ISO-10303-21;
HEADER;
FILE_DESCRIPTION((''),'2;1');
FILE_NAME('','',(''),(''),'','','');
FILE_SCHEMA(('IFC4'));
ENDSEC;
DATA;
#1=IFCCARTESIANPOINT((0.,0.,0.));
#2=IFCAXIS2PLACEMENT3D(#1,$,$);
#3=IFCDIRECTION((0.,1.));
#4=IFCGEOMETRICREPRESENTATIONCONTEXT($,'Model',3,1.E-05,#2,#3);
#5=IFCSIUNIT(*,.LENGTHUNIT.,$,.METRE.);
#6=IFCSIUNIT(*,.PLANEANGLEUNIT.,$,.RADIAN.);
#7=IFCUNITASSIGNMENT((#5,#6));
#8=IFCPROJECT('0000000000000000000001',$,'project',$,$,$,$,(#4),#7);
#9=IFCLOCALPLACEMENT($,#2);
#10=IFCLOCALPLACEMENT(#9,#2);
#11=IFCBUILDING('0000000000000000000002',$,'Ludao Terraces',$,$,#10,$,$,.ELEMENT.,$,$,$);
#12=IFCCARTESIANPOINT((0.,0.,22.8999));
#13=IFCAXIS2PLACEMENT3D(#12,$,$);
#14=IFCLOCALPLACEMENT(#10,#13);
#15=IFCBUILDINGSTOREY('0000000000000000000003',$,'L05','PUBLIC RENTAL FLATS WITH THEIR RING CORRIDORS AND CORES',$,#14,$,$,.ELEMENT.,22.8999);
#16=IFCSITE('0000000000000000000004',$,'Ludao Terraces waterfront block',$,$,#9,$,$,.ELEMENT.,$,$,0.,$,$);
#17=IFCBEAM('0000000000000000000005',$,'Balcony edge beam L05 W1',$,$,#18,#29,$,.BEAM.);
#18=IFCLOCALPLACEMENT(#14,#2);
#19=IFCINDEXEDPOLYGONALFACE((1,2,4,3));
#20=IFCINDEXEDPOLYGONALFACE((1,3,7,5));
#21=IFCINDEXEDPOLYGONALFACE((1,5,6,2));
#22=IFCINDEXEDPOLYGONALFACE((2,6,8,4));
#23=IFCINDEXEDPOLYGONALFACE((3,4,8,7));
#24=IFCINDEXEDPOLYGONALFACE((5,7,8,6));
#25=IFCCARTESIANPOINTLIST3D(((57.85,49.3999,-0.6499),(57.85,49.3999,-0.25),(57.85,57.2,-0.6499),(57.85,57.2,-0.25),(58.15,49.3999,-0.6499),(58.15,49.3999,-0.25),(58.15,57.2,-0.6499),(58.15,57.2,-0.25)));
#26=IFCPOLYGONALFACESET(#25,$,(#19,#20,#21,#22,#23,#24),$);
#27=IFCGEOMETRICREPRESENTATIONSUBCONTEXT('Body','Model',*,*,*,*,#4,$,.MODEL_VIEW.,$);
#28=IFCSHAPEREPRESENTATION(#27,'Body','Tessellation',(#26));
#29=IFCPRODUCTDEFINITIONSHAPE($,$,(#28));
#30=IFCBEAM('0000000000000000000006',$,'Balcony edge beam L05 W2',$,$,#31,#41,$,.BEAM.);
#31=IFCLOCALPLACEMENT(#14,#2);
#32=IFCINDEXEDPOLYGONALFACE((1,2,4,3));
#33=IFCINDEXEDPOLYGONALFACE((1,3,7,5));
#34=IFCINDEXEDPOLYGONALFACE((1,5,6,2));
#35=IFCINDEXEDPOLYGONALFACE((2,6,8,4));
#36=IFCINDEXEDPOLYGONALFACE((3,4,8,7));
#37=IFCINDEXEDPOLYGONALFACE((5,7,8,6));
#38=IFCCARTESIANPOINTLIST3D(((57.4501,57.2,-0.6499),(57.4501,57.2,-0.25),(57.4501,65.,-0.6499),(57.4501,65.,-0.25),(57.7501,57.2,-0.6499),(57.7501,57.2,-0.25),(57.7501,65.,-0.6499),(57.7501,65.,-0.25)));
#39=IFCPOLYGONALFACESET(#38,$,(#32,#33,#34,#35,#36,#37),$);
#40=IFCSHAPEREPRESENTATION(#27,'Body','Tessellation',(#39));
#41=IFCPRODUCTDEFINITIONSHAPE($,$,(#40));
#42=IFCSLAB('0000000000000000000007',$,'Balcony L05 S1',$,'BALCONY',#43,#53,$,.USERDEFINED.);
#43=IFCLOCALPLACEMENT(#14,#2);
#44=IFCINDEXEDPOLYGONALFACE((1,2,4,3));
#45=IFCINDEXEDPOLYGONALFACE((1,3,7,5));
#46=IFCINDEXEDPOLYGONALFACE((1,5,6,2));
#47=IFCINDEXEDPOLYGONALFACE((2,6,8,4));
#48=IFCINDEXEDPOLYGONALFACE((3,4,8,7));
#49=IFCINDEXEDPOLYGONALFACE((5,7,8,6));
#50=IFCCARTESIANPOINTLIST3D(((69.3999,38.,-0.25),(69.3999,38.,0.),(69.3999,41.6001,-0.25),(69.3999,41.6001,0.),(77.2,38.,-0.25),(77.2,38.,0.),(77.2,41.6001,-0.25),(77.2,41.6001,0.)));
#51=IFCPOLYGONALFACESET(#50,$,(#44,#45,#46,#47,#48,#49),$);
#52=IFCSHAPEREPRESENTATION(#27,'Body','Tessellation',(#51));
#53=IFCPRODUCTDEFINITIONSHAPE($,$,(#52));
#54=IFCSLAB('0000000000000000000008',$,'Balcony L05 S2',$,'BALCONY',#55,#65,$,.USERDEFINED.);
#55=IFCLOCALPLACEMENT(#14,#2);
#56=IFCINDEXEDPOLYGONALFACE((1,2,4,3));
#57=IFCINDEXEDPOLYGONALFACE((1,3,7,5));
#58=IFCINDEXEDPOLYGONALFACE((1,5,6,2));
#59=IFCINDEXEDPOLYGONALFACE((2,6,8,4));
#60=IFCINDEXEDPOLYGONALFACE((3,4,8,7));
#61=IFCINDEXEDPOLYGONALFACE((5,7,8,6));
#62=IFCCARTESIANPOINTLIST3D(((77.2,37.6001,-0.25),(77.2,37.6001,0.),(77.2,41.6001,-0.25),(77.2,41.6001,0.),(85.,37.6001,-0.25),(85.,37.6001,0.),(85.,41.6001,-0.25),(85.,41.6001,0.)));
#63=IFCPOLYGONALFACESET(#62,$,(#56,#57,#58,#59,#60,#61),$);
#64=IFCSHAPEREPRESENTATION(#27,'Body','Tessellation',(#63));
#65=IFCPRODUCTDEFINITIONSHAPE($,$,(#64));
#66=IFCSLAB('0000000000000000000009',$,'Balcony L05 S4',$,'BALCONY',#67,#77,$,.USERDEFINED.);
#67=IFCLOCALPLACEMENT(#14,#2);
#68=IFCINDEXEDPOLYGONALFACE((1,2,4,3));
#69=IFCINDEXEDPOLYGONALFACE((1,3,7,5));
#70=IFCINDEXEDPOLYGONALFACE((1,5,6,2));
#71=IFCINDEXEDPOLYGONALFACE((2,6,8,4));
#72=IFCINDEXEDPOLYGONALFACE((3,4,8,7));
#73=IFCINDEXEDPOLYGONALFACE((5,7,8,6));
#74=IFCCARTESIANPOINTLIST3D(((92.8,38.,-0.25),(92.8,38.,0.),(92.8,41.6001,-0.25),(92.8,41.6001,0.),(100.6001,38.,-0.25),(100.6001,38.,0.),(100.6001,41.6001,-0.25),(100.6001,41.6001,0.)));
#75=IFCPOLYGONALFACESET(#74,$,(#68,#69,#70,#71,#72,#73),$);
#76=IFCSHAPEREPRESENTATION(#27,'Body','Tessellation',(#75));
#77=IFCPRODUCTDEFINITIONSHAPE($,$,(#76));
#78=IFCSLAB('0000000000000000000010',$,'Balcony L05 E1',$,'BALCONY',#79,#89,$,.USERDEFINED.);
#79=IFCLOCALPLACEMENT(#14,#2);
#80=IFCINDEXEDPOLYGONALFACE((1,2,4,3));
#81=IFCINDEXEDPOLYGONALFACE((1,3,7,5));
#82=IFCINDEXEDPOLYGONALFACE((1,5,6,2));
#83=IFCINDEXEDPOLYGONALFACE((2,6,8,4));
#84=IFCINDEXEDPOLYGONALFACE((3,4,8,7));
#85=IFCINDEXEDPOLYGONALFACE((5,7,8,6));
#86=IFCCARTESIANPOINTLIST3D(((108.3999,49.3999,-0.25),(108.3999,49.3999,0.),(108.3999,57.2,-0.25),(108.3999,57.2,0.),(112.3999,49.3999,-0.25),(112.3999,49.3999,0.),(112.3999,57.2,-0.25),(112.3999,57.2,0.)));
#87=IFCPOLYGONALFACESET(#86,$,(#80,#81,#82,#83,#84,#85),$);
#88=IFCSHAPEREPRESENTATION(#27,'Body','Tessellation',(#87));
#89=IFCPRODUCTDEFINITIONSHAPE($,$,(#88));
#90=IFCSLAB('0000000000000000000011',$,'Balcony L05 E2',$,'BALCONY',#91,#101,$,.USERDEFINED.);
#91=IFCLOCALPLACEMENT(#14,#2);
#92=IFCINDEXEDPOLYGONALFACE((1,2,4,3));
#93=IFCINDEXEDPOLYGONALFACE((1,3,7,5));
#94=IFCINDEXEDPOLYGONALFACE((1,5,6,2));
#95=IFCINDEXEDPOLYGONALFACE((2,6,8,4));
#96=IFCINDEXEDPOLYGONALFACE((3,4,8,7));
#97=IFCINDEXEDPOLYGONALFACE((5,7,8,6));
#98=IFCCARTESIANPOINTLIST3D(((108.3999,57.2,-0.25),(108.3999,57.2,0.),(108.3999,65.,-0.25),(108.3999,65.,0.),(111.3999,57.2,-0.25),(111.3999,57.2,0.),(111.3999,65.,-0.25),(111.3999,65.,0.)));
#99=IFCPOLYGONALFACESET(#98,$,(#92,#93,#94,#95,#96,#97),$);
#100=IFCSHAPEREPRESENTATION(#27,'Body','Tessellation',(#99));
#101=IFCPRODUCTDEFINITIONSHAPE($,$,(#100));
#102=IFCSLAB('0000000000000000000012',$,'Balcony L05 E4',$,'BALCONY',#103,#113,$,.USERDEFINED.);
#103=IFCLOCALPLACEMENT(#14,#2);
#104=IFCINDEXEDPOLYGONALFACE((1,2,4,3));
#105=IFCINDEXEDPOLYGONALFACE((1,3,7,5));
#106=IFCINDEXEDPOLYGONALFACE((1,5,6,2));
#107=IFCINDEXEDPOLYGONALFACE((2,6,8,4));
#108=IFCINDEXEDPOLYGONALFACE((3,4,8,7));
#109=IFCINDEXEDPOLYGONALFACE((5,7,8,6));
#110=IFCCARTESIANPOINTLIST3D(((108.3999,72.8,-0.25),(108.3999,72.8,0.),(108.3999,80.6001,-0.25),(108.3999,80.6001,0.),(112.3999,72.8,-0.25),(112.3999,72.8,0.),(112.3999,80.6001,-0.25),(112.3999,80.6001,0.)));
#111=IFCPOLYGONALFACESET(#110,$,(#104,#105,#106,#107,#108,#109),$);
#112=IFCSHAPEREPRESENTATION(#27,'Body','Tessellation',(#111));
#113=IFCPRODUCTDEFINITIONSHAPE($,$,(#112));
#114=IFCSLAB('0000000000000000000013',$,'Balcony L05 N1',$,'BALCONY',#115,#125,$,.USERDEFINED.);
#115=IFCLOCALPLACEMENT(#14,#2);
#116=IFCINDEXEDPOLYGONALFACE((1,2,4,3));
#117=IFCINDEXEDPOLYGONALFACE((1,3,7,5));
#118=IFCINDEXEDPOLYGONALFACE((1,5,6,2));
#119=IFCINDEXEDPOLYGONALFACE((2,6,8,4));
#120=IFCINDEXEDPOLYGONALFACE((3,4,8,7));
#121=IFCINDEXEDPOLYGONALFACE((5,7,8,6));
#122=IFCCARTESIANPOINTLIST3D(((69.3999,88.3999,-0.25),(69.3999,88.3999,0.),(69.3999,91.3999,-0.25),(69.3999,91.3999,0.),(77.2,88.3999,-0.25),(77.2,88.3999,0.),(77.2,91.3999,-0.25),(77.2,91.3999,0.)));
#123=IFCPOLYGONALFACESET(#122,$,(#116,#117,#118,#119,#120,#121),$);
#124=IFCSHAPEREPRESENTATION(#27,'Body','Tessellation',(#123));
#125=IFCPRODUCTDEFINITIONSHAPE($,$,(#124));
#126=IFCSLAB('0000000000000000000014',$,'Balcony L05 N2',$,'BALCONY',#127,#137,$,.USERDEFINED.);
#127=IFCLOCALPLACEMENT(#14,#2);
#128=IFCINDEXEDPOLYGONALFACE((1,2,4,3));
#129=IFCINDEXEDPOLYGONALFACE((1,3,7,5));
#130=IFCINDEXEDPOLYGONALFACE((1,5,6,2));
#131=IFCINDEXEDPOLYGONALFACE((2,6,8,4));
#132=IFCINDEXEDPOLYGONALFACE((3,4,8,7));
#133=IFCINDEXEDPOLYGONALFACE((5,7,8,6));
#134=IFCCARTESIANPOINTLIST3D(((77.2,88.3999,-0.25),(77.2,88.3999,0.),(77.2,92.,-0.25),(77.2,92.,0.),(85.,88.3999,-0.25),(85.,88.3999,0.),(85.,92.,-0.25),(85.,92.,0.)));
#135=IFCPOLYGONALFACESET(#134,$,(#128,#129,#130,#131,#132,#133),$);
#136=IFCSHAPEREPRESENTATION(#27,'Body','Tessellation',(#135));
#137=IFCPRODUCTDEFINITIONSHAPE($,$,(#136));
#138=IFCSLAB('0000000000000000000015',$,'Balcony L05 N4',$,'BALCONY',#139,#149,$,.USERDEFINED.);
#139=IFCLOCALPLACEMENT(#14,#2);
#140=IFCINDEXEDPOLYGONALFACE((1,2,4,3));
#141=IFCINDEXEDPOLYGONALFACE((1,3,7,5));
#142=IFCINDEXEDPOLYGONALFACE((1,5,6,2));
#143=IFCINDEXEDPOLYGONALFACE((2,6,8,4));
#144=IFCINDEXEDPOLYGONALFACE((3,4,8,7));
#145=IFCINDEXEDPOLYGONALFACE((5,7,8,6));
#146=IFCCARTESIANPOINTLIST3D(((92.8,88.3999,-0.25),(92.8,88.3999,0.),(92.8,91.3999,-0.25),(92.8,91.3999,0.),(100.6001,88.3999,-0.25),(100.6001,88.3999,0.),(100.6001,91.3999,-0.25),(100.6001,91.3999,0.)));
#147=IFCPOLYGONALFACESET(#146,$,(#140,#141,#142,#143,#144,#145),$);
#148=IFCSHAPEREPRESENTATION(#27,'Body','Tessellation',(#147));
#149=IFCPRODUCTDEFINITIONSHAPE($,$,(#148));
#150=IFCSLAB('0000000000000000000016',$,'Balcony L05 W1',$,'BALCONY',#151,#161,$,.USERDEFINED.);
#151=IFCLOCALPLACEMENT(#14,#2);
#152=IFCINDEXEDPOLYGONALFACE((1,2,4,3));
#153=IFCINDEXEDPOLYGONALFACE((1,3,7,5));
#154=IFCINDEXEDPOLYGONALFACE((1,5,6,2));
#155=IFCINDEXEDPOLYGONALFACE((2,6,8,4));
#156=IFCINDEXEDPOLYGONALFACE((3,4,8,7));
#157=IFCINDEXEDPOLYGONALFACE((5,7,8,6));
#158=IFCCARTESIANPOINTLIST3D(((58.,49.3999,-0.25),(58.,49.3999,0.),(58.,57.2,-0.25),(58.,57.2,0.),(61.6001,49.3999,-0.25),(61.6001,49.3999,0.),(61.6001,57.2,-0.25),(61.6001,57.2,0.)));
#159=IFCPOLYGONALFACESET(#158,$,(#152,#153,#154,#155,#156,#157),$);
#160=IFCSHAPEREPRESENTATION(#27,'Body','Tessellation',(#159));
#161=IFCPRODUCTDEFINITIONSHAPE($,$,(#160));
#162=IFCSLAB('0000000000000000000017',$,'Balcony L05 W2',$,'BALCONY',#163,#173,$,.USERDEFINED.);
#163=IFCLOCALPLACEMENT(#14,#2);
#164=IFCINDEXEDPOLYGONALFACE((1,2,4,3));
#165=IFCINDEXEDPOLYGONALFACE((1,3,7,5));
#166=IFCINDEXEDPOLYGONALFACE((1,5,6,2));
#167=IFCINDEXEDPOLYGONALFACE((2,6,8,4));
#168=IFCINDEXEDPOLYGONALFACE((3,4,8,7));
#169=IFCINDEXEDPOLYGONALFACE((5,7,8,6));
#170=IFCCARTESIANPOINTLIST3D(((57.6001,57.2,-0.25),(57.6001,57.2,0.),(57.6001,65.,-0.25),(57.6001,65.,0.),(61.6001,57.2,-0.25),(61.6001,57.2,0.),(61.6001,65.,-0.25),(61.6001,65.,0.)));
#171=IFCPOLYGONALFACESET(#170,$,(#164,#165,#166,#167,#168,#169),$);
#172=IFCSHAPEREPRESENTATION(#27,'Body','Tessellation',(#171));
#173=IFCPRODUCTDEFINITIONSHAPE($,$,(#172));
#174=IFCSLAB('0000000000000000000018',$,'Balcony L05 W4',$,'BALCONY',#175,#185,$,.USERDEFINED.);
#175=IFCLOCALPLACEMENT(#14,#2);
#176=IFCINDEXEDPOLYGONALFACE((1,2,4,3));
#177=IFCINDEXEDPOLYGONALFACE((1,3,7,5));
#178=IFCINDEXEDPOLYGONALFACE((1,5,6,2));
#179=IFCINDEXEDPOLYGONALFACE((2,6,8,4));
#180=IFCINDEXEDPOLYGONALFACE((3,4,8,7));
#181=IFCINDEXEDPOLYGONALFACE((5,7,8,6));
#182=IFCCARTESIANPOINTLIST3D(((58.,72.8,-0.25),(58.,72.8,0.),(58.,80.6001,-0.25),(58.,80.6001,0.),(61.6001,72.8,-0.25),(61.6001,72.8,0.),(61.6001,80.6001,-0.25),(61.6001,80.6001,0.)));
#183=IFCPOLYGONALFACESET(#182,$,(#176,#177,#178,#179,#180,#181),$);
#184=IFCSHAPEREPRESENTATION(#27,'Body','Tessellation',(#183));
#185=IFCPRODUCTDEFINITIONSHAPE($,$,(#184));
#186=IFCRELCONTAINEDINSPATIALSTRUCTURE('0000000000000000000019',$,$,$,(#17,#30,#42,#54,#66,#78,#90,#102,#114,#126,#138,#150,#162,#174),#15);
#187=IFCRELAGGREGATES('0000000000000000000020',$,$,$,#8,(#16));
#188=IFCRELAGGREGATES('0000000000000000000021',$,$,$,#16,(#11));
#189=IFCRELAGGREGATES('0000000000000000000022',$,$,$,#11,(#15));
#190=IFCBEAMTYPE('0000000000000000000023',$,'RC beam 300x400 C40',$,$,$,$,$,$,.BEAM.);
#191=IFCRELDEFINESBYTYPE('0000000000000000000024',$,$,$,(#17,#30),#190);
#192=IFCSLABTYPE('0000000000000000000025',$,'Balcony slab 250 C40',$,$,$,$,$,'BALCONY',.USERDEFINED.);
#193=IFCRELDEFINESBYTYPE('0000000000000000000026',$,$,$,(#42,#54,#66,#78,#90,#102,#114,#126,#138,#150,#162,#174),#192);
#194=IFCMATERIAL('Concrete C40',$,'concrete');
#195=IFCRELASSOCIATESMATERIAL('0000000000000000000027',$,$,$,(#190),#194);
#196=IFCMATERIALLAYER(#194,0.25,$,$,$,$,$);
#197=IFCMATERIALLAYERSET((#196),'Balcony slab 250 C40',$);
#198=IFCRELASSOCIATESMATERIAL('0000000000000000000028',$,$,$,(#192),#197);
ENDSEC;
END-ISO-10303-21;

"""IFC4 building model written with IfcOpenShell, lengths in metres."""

from ifc_helpers import new_model, si_unit, direction, frame, origin, origin_2d, place, context, subcontext, project, spatial, polyline, rectangle, outline, extrude, material, layer, layer_set, material_profile, profile_set, type_object, element, save


model = new_model("IFC4")

# Units and contexts
model_context = context("Model", 3, precision=1e-05, world=origin(), true_north=direction((0.0, 1.0)))
body_context = subcontext(model_context, "Body", "Model", "MODEL_VIEW")
ifc_project = project(units=[si_unit("LENGTHUNIT", "METRE"), si_unit("PLANEANGLEUNIT", "RADIAN")], contexts=[model_context])

# Site, building, storey
site_placement = place(None, origin())
site = spatial("IfcSite", under=ifc_project, at=site_placement, Name="Ludao Terraces waterfront block", CompositionType="ELEMENT", RefElevation=0.0)
building_placement = place(site_placement, origin())
building = spatial("IfcBuilding", under=site, at=building_placement, Name="Ludao Terraces", CompositionType="ELEMENT")
storey_placement = place(building_placement, frame((0.0, 0.0, 22.8999)))
storey = spatial("IfcBuildingStorey", under=building, at=storey_placement, Name="L05", Description="PUBLIC RENTAL FLATS WITH THEIR RING CORRIDORS AND CORES", CompositionType="ELEMENT", Elevation=22.8999)

# Beams
ifc_material_1 = material(Name="Concrete C40", Category="concrete")
ifc_material_profile = material_profile(ifc_material_1, rectangle(XDim=0.3, YDim=0.3999, at=origin_2d()), Name="300 X 400")
ifc_profile_set = profile_set([ifc_material_profile], Name="Concrete C40")
beam_type = type_object("IfcBeamType", Name="RC beam 300x400 C40", PredefinedType="BEAM", material=ifc_profile_set)
for number, where, z_axis, x_axis, name in (
    (1, (58.0, 49.3999, -0.45), (0.0, 1.0, 0.0), (-1.0, 0.0, 0.0), "Balcony edge beam L05 W1"),
    (2, (57.6001, 57.2, -0.45), (0.0, 1.0, 0.0), (-1.0, 0.0, 0.0), "Balcony edge beam L05 W2"),
):
    element("IfcBeam", number, at=place(storey_placement, frame(where, z_axis=z_axis, x_axis=x_axis)), inside=storey, type_object=beam_type, Name=name, PredefinedType="BEAM", context=body_context, shape_type="SweptSolid", body=[
        extrude(rectangle(XDim=0.3, YDim=0.3999, at=origin_2d()), origin(), (0.0, 0.0, 1.0), 7.8),
    ])

# Slabs
ifc_layer_1 = layer(ifc_material_1, 0.25)
ifc_layer_set_1 = layer_set([ifc_layer_1], Name="Balcony slab 250 C40")
slab_type_1 = type_object("IfcSlabType", Name="Balcony slab 250 C40", ElementType="BALCONY", PredefinedType="USERDEFINED", material=ifc_layer_set_1)
slab_1_placement = place(storey_placement, frame((0.0, 0.0, -0.25)))
element("IfcSlab", 3, at=slab_1_placement, inside=storey, type_object=slab_type_1, Name="Balcony L05 S1", ObjectType="BALCONY", PredefinedType="USERDEFINED", context=body_context, shape_type="SweptSolid", body=[
    extrude(outline(polyline([(69.3999, 38.0), (77.2, 38.0), (77.2, 41.6001), (69.3999, 41.6001), (69.3999, 38.0)])), origin(), (0.0, 0.0, 1.0), 0.25),
])
slab_2_placement = place(storey_placement, frame((0.0, 0.0, -0.25)))
element("IfcSlab", 4, at=slab_2_placement, inside=storey, type_object=slab_type_1, Name="Balcony L05 S2", ObjectType="BALCONY", PredefinedType="USERDEFINED", context=body_context, shape_type="SweptSolid", body=[
    extrude(outline(polyline([(77.2, 37.6001), (85.0, 37.6001), (85.0, 41.6001), (77.2, 41.6001), (77.2, 37.6001)])), origin(), (0.0, 0.0, 1.0), 0.25),
])
slab_3_placement = place(storey_placement, frame((0.0, 0.0, -0.25)))
element("IfcSlab", 5, at=slab_3_placement, inside=storey, type_object=slab_type_1, Name="Balcony L05 S4", ObjectType="BALCONY", PredefinedType="USERDEFINED", context=body_context, shape_type="SweptSolid", body=[
    extrude(outline(polyline([(92.8, 38.0), (100.6001, 38.0), (100.6001, 41.6001), (92.8, 41.6001), (92.8, 38.0)])), origin(), (0.0, 0.0, 1.0), 0.25),
])
slab_4_placement = place(storey_placement, frame((0.0, 0.0, -0.25)))
element("IfcSlab", 6, at=slab_4_placement, inside=storey, type_object=slab_type_1, Name="Balcony L05 E1", ObjectType="BALCONY", PredefinedType="USERDEFINED", context=body_context, shape_type="SweptSolid", body=[
    extrude(outline(polyline([(108.3999, 49.3999), (112.3999, 49.3999), (112.3999, 57.2), (108.3999, 57.2), (108.3999, 49.3999)])), origin(), (0.0, 0.0, 1.0), 0.25),
])
slab_5_placement = place(storey_placement, frame((0.0, 0.0, -0.25)))
element("IfcSlab", 7, at=slab_5_placement, inside=storey, type_object=slab_type_1, Name="Balcony L05 E2", ObjectType="BALCONY", PredefinedType="USERDEFINED", context=body_context, shape_type="SweptSolid", body=[
    extrude(outline(polyline([(108.3999, 57.2), (111.3999, 57.2), (111.3999, 65.0), (108.3999, 65.0), (108.3999, 57.2)])), origin(), (0.0, 0.0, 1.0), 0.25),
])
slab_6_placement = place(storey_placement, frame((0.0, 0.0, -0.25)))
element("IfcSlab", 8, at=slab_6_placement, inside=storey, type_object=slab_type_1, Name="Balcony L05 E4", ObjectType="BALCONY", PredefinedType="USERDEFINED", context=body_context, shape_type="SweptSolid", body=[
    extrude(outline(polyline([(108.3999, 72.8), (112.3999, 72.8), (112.3999, 80.6001), (108.3999, 80.6001), (108.3999, 72.8)])), origin(), (0.0, 0.0, 1.0), 0.25),
])
slab_7_placement = place(storey_placement, frame((0.0, 0.0, -0.25)))
element("IfcSlab", 9, at=slab_7_placement, inside=storey, type_object=slab_type_1, Name="Balcony L05 N1", ObjectType="BALCONY", PredefinedType="USERDEFINED", context=body_context, shape_type="SweptSolid", body=[
    extrude(outline(polyline([(69.3999, 88.3999), (77.2, 88.3999), (77.2, 91.3999), (69.3999, 91.3999), (69.3999, 88.3999)])), origin(), (0.0, 0.0, 1.0), 0.25),
])
slab_8_placement = place(storey_placement, frame((0.0, 0.0, -0.25)))
element("IfcSlab", 10, at=slab_8_placement, inside=storey, type_object=slab_type_1, Name="Balcony L05 N2", ObjectType="BALCONY", PredefinedType="USERDEFINED", context=body_context, shape_type="SweptSolid", body=[
    extrude(outline(polyline([(77.2, 88.3999), (85.0, 88.3999), (85.0, 92.0), (77.2, 92.0), (77.2, 88.3999)])), origin(), (0.0, 0.0, 1.0), 0.25),
])
slab_9_placement = place(storey_placement, frame((0.0, 0.0, -0.25)))
element("IfcSlab", 11, at=slab_9_placement, inside=storey, type_object=slab_type_1, Name="Balcony L05 N4", ObjectType="BALCONY", PredefinedType="USERDEFINED", context=body_context, shape_type="SweptSolid", body=[
    extrude(outline(polyline([(92.8, 88.3999), (100.6001, 88.3999), (100.6001, 91.3999), (92.8, 91.3999), (92.8, 88.3999)])), origin(), (0.0, 0.0, 1.0), 0.25),
])
slab_10_placement = place(storey_placement, frame((0.0, 0.0, -0.25)))
element("IfcSlab", 12, at=slab_10_placement, inside=storey, type_object=slab_type_1, Name="Balcony L05 W1", ObjectType="BALCONY", PredefinedType="USERDEFINED", context=body_context, shape_type="SweptSolid", body=[
    extrude(outline(polyline([(58.0, 49.3999), (61.6001, 49.3999), (61.6001, 57.2), (58.0, 57.2), (58.0, 49.3999)])), origin(), (0.0, 0.0, 1.0), 0.25),
])
slab_11_placement = place(storey_placement, frame((0.0, 0.0, -0.25)))
element("IfcSlab", 13, at=slab_11_placement, inside=storey, type_object=slab_type_1, Name="Balcony L05 W2", ObjectType="BALCONY", PredefinedType="USERDEFINED", context=body_context, shape_type="SweptSolid", body=[
    extrude(outline(polyline([(57.6001, 57.2), (61.6001, 57.2), (61.6001, 65.0), (57.6001, 65.0), (57.6001, 57.2)])), origin(), (0.0, 0.0, 1.0), 0.25),
])
slab_12_placement = place(storey_placement, frame((0.0, 0.0, -0.25)))
element("IfcSlab", 14, at=slab_12_placement, inside=storey, type_object=slab_type_1, Name="Balcony L05 W4", ObjectType="BALCONY", PredefinedType="USERDEFINED", context=body_context, shape_type="SweptSolid", body=[
    extrude(outline(polyline([(58.0, 72.8), (61.6001, 72.8), (61.6001, 80.6001), (58.0, 80.6001), (58.0, 72.8)])), origin(), (0.0, 0.0, 1.0), 0.25),
])

save(model, "model.ifc")
